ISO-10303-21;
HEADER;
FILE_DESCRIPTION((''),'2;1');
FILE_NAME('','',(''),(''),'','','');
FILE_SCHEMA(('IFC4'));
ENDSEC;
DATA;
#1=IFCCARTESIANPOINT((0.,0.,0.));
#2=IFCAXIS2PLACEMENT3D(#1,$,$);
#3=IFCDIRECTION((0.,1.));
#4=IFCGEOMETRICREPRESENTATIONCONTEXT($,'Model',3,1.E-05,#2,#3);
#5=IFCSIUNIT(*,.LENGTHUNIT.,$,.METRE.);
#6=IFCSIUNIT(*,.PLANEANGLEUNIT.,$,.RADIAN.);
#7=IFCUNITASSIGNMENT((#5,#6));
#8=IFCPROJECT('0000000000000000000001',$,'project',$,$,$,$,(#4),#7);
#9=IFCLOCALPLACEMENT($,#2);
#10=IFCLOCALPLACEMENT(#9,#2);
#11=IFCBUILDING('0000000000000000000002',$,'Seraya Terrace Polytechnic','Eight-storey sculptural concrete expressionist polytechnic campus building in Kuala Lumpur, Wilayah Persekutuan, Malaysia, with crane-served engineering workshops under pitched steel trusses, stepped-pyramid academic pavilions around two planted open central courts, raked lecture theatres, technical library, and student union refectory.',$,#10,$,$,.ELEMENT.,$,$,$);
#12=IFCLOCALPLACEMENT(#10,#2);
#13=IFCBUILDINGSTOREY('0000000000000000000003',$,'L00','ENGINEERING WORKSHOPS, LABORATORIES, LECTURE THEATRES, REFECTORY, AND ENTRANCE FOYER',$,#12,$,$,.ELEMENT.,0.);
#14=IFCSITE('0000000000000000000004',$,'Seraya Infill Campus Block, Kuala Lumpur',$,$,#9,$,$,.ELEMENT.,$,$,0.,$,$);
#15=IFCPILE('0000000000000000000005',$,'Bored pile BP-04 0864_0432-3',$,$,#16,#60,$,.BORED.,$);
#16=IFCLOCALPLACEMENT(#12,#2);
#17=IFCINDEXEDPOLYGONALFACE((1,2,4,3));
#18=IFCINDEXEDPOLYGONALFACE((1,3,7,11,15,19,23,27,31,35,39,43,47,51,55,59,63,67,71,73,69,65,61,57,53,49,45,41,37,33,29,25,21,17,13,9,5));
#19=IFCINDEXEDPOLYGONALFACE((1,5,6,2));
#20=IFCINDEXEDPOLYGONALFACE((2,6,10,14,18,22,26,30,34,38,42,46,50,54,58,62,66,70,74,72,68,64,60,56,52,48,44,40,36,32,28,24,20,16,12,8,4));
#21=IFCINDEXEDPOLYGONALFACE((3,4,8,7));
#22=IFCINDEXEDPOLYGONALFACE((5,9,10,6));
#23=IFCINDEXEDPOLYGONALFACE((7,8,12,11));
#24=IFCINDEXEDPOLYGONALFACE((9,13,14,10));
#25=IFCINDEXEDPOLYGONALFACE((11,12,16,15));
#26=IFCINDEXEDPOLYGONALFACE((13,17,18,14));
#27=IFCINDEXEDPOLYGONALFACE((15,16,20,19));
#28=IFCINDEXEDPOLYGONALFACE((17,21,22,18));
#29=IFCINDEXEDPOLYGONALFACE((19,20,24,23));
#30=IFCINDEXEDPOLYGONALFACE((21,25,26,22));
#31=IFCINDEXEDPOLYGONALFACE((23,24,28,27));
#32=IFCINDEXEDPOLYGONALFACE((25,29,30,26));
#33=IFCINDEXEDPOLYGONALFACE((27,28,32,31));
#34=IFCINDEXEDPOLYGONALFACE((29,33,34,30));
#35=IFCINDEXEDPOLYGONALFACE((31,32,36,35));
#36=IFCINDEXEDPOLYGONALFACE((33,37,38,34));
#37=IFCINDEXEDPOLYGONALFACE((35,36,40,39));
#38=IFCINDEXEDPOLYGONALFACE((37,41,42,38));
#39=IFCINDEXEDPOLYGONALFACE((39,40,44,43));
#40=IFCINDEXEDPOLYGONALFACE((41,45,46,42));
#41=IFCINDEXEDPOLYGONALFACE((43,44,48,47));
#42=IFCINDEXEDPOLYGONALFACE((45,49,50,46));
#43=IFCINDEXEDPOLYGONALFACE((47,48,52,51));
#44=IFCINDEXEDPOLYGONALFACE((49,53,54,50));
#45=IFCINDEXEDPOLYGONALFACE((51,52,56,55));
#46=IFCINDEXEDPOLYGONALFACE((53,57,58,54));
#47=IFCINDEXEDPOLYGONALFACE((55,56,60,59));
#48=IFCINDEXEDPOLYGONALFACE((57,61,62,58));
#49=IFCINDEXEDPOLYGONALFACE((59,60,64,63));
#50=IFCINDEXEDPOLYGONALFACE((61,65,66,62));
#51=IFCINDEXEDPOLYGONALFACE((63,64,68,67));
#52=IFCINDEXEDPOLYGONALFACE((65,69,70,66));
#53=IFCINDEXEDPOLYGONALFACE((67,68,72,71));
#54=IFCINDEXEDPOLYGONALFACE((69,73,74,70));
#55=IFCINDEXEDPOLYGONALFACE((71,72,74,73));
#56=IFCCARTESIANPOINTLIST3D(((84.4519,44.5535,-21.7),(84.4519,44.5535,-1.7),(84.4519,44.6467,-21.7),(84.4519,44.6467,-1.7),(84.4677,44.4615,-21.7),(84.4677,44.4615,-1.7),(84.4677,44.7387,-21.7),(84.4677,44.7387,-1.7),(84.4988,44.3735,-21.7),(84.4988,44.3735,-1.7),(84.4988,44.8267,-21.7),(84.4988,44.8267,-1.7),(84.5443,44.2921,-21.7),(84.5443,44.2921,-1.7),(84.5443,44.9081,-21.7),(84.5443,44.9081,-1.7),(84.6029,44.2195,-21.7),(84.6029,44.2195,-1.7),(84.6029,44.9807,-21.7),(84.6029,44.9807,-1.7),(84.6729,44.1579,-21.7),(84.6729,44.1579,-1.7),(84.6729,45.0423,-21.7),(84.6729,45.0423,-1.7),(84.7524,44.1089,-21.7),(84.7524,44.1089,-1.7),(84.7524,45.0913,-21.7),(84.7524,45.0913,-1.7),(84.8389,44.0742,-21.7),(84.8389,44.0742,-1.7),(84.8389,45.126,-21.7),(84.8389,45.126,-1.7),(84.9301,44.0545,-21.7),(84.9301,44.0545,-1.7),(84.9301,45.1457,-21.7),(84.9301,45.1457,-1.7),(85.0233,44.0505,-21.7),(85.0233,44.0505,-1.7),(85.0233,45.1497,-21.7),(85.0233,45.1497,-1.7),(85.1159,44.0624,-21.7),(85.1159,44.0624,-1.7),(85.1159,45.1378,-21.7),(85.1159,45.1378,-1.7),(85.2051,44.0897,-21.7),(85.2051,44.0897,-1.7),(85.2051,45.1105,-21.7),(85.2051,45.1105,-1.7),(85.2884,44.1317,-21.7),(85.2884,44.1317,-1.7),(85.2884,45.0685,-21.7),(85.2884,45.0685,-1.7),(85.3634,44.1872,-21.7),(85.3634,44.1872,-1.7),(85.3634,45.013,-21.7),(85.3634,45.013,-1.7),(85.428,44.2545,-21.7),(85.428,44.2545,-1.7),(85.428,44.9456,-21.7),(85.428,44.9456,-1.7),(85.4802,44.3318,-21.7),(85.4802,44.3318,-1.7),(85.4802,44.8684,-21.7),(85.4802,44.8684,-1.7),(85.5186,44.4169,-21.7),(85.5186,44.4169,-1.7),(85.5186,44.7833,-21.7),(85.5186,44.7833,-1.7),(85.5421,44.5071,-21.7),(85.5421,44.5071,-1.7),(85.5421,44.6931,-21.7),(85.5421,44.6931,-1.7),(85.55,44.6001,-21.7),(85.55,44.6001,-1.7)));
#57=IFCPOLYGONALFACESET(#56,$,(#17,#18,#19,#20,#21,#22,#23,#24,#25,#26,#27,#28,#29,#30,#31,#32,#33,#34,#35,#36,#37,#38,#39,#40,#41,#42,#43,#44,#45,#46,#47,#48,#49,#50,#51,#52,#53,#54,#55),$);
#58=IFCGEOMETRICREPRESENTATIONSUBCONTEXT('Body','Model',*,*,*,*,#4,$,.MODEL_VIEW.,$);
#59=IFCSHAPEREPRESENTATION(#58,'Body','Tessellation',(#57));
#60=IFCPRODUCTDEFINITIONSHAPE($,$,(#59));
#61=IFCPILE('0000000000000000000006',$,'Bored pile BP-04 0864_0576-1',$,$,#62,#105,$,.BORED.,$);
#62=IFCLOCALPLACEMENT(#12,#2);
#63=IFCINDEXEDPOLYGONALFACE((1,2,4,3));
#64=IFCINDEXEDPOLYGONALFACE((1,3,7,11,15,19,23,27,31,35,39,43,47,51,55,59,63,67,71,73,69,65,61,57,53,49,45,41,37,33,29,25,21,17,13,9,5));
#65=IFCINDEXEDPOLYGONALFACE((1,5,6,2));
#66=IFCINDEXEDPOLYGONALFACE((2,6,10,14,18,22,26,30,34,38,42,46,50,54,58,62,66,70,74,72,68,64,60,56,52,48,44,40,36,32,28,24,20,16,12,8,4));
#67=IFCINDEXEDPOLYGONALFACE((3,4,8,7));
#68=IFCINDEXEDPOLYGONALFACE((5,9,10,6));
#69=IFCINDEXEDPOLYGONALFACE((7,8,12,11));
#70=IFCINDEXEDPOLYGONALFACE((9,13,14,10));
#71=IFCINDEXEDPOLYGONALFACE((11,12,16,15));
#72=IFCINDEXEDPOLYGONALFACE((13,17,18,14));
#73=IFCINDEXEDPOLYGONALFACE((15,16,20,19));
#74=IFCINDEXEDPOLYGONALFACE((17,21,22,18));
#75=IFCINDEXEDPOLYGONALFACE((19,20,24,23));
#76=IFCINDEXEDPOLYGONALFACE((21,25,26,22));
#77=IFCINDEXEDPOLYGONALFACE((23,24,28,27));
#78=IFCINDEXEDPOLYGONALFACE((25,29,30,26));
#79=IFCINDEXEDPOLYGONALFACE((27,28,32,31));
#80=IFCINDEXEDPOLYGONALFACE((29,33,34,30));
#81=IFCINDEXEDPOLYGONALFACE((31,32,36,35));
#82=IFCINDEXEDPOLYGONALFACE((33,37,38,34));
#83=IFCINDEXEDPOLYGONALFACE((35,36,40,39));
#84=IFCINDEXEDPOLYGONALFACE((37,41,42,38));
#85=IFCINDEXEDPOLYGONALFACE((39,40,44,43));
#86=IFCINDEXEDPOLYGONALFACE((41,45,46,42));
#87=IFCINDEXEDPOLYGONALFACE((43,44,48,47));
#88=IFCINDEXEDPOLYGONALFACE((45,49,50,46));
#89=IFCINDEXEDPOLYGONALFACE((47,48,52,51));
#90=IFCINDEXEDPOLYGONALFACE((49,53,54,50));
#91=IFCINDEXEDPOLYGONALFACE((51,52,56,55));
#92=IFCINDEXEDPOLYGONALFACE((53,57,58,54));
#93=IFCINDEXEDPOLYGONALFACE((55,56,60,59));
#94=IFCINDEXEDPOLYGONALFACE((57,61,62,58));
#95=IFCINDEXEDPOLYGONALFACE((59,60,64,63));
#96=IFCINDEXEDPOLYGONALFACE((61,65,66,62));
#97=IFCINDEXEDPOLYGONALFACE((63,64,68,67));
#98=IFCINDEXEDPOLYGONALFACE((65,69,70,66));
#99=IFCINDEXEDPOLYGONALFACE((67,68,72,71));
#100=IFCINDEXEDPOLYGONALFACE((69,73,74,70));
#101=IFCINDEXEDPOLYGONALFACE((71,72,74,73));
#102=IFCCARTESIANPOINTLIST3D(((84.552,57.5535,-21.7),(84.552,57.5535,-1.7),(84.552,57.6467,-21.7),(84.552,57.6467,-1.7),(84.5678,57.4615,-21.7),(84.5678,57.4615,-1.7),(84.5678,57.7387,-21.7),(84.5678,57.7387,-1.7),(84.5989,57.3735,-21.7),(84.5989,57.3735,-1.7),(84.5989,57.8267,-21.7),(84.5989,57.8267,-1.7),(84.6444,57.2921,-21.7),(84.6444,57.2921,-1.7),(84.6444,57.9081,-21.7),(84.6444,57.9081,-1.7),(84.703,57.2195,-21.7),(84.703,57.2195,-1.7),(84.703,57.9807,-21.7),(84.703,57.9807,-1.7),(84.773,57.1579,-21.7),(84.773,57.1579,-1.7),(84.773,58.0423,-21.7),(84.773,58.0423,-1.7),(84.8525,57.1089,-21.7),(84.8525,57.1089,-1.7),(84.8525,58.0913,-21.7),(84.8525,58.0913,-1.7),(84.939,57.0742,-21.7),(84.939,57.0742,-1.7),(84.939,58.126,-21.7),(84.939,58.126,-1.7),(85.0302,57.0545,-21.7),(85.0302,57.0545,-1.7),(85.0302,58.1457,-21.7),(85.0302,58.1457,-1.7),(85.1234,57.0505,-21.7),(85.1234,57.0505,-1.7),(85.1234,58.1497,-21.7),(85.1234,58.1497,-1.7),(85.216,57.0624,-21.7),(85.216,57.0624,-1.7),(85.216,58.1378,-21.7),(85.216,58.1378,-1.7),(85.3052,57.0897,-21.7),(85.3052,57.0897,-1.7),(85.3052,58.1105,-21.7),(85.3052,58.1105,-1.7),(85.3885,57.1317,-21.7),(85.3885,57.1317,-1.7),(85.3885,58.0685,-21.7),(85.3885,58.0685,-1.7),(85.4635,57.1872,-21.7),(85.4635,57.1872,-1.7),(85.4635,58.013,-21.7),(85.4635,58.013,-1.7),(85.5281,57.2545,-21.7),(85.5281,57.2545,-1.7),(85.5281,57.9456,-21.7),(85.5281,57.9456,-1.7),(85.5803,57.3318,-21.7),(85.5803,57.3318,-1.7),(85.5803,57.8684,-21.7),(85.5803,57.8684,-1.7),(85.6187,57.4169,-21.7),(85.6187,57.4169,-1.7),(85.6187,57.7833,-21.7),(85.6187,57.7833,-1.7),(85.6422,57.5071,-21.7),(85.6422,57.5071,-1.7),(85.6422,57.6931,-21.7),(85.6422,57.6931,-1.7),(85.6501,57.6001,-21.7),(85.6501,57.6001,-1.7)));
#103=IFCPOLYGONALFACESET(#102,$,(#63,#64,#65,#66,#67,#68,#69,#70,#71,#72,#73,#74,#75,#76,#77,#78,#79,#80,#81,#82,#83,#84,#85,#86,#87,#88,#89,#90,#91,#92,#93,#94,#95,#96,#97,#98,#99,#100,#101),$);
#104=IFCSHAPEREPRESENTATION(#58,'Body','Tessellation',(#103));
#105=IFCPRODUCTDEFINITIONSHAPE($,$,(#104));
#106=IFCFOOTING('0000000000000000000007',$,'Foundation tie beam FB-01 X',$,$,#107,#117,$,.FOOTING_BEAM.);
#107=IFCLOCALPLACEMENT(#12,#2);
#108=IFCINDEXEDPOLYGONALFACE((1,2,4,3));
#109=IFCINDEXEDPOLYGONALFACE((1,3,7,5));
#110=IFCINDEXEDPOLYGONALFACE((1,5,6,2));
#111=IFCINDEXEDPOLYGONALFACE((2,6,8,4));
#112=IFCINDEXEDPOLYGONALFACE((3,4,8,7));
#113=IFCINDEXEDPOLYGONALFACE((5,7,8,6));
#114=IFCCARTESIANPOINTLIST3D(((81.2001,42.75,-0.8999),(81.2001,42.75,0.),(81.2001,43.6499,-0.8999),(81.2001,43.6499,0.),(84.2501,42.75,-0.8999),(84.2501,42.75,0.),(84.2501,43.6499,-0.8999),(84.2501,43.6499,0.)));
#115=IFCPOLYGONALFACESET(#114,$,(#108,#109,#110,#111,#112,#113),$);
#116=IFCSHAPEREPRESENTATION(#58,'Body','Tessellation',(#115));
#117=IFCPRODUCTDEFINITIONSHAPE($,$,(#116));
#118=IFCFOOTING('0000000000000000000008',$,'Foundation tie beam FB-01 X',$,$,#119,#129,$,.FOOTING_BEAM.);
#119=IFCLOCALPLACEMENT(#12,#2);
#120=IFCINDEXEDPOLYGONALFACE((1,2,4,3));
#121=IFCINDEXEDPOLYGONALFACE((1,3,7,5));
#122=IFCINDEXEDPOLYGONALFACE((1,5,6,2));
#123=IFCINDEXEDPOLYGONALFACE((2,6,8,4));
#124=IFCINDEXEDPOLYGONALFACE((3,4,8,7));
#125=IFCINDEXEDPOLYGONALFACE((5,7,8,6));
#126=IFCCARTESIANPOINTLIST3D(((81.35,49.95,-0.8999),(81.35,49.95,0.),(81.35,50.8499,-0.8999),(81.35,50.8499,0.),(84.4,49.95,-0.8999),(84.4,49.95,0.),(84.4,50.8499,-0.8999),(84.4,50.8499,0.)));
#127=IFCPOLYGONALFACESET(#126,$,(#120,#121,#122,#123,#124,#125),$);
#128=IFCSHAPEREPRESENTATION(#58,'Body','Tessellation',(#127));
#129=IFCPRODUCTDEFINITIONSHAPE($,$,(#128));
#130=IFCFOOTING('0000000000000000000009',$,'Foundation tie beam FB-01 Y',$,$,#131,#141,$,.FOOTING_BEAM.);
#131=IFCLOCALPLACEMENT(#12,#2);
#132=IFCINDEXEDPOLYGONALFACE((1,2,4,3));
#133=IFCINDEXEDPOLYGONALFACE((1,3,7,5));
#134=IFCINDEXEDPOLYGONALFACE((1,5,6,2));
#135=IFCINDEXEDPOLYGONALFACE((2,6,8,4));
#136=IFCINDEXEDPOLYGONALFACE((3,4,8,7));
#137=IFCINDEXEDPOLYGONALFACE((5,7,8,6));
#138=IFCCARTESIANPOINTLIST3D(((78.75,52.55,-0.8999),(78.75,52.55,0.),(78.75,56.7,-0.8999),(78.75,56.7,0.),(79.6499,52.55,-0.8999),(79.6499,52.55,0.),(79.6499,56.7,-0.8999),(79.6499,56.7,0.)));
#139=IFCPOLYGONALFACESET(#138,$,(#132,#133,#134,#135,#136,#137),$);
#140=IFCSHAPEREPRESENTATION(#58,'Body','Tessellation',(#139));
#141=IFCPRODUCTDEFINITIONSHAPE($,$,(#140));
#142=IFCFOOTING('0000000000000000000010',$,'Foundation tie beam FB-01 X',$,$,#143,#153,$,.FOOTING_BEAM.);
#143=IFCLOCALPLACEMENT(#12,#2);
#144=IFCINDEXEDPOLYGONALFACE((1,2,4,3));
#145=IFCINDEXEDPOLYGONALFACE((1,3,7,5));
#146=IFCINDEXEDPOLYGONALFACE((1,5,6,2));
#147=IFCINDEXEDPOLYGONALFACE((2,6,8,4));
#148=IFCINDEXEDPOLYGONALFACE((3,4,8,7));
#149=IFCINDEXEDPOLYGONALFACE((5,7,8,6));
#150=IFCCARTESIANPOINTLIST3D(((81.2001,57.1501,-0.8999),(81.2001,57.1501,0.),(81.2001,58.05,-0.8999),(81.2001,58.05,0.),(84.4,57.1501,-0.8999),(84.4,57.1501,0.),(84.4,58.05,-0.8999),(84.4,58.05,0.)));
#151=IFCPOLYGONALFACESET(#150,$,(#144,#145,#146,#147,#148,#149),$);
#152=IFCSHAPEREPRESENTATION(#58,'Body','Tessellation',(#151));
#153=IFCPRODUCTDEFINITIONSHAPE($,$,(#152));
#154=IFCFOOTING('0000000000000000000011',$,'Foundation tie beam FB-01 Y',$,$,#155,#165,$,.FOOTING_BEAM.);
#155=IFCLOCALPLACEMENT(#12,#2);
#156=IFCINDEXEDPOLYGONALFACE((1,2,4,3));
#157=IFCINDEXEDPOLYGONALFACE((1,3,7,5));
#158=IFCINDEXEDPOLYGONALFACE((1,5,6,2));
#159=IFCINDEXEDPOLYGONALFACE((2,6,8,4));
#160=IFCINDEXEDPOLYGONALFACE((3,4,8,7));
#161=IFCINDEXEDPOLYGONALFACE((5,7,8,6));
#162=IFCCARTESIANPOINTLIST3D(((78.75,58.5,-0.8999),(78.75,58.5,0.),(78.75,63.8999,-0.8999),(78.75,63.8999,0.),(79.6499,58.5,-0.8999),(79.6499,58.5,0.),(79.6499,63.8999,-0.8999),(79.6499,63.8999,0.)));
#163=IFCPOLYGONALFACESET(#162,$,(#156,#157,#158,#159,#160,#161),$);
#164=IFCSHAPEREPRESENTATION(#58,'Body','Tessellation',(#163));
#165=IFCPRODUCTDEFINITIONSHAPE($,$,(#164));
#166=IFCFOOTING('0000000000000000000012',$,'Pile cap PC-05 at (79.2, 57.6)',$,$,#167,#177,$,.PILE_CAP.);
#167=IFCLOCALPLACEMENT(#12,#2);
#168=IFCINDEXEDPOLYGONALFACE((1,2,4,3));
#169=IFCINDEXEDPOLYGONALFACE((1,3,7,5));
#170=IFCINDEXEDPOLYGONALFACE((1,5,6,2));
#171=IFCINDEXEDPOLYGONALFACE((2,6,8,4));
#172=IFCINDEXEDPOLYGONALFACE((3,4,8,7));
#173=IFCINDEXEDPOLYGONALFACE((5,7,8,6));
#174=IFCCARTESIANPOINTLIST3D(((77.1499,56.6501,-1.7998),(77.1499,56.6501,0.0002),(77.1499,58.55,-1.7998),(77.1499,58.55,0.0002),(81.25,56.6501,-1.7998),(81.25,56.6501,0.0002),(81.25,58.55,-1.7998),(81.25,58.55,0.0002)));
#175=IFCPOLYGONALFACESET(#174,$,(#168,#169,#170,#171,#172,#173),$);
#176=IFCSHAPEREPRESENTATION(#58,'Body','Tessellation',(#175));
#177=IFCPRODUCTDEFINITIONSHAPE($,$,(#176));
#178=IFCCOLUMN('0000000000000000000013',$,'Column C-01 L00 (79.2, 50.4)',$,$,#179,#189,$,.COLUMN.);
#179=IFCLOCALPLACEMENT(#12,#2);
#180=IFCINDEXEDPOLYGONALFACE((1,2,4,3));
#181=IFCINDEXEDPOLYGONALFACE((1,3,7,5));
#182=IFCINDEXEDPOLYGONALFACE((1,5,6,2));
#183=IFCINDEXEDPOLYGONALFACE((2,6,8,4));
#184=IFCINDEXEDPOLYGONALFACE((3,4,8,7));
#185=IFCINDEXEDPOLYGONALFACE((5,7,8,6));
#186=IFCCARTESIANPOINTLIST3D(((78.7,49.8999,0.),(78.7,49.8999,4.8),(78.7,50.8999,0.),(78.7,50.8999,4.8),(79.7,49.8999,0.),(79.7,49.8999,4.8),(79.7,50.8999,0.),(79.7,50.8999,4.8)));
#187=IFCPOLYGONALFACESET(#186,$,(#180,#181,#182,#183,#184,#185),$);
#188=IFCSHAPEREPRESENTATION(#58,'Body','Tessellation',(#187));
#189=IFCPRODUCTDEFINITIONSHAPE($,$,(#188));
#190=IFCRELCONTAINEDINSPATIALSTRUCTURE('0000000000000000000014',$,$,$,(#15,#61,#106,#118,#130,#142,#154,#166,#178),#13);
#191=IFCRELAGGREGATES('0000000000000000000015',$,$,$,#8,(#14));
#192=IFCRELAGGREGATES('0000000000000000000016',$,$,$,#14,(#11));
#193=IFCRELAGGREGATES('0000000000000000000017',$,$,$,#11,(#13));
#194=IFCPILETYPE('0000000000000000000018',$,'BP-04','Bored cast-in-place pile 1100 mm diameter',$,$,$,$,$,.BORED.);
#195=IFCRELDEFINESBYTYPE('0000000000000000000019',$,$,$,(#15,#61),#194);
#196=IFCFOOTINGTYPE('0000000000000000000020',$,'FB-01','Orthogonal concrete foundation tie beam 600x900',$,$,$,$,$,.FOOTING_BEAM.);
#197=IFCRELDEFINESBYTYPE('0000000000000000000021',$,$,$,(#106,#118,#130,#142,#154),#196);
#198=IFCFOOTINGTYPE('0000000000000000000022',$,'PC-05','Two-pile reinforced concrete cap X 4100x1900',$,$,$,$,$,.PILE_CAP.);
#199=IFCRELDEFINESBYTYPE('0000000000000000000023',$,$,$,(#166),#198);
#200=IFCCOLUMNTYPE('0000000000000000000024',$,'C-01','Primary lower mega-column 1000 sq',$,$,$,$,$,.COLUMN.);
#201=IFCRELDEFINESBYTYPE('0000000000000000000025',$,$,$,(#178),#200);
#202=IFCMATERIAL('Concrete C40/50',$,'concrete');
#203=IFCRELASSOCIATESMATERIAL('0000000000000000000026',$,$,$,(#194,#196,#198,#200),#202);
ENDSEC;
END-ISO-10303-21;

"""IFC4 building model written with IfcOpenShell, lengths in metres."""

from ifc_helpers import new_model, si_unit, direction, frame, origin, origin_2d, place, context, subcontext, project, spatial, rectangle, circle, extrude, material, material_profile, profile_set, type_object, element, save


model = new_model("IFC4")

# Units and contexts
model_context = context("Model", 3, precision=1e-05, world=origin(), true_north=direction((0.0, 1.0)))
body_context = subcontext(model_context, "Body", "Model", "MODEL_VIEW")
ifc_project = project(units=[si_unit("LENGTHUNIT", "METRE"), si_unit("PLANEANGLEUNIT", "RADIAN")], contexts=[model_context])

# Site, building, storey
site_placement = place(None, origin())
site = spatial("IfcSite", under=ifc_project, at=site_placement, Name="Seraya Infill Campus Block, Kuala Lumpur", CompositionType="ELEMENT", RefElevation=0.0)
building_placement = place(site_placement, origin())
building = spatial("IfcBuilding", under=site, at=building_placement, Name="Seraya Terrace Polytechnic", Description="Eight-storey sculptural concrete expressionist polytechnic campus building in Kuala Lumpur, Wilayah Persekutuan, Malaysia, with crane-served engineering workshops under pitched steel trusses, stepped-pyramid academic pavilions around two planted open central courts, raked lecture theatres, technical library, and student union refectory.", CompositionType="ELEMENT")
storey_placement = place(building_placement, origin())
storey = spatial("IfcBuildingStorey", under=building, at=storey_placement, Name="L00", Description="ENGINEERING WORKSHOPS, LABORATORIES, LECTURE THEATRES, REFECTORY, AND ENTRANCE FOYER", CompositionType="ELEMENT", Elevation=0.0)

# Piles
ifc_material_1 = material(Name="Concrete C40/50", Category="concrete")
ifc_material_profile_1 = material_profile(ifc_material_1, circle(Radius=0.55, at=origin_2d()), Name="DIA 1100")
ifc_profile_set_1 = profile_set([ifc_material_profile_1], Name="Concrete C40/50")
pile_type_1 = type_object("IfcPileType", Name="BP-04", Description="Bored cast-in-place pile 1100 mm diameter", PredefinedType="BORED", material=ifc_profile_set_1)
for number, where, z_axis, x_axis, name in (
    (1, (85.0, 44.6001, -1.7), (0.0, 0.0, -1.0), (1.0, 0.0, 0.0), "Bored pile BP-04 0864_0432-3"),
    (2, (85.1001, 57.6001, -1.7), (0.0, 0.0, -1.0), (1.0, 0.0, 0.0), "Bored pile BP-04 0864_0576-1"),
):
    element("IfcPile", number, at=place(storey_placement, frame(where, z_axis=z_axis, x_axis=x_axis)), inside=storey, type_object=pile_type_1, Name=name, PredefinedType="BORED", context=body_context, shape_type="SweptSolid", body=[
        extrude(circle(Radius=0.55, at=origin_2d()), origin(), (0.0, 0.0, 1.0), 20.0),
    ])

# Footings
footing_type_1 = type_object("IfcFootingType", Name="FB-01", Description="Orthogonal concrete foundation tie beam 600x900", PredefinedType="FOOTING_BEAM", material=ifc_material_1)
for number, where, z_axis, x_axis, name in (
    (3, (82.7251, 43.2, -0.8999), (0.0, 0.0, 1.0), (1.0, 0.0, 0.0), "Foundation tie beam FB-01 X"),
    (4, (82.875, 50.3999, -0.8999), (0.0, 0.0, 1.0), (1.0, 0.0, 0.0), "Foundation tie beam FB-01 X"),
):
    element("IfcFooting", number, at=place(storey_placement, frame(where, z_axis=z_axis, x_axis=x_axis)), inside=storey, type_object=footing_type_1, Name=name, PredefinedType="FOOTING_BEAM", context=body_context, shape_type="SweptSolid", body=[
        extrude(rectangle(XDim=3.05, YDim=0.8999, at=origin_2d()), origin(), (0.0, 0.0, 1.0), 0.8999),
    ])
footing_1_placement = place(storey_placement, frame((79.2, 54.625, -0.8999), z_axis=(0.0, 0.0, 1.0), x_axis=(0.0, 1.0, 0.0)))
element("IfcFooting", 5, at=footing_1_placement, inside=storey, type_object=footing_type_1, Name="Foundation tie beam FB-01 Y", PredefinedType="FOOTING_BEAM", context=body_context, shape_type="SweptSolid", body=[
    extrude(rectangle(XDim=4.1499, YDim=0.8999, at=origin_2d()), origin(), (0.0, 0.0, 1.0), 0.8999),
])
footing_2_placement = place(storey_placement, frame((82.8, 57.6001, -0.8999), z_axis=(0.0, 0.0, 1.0), x_axis=(1.0, 0.0, 0.0)))
element("IfcFooting", 6, at=footing_2_placement, inside=storey, type_object=footing_type_1, Name="Foundation tie beam FB-01 X", PredefinedType="FOOTING_BEAM", context=body_context, shape_type="SweptSolid", body=[
    extrude(rectangle(XDim=3.2, YDim=0.8999, at=origin_2d()), origin(), (0.0, 0.0, 1.0), 0.8999),
])
footing_3_placement = place(storey_placement, frame((79.2, 61.2, -0.8999), z_axis=(0.0, 0.0, 1.0), x_axis=(0.0, 1.0, 0.0)))
element("IfcFooting", 7, at=footing_3_placement, inside=storey, type_object=footing_type_1, Name="Foundation tie beam FB-01 Y", PredefinedType="FOOTING_BEAM", context=body_context, shape_type="SweptSolid", body=[
    extrude(rectangle(XDim=5.3999, YDim=0.8999, at=origin_2d()), origin(), (0.0, 0.0, 1.0), 0.8999),
])
footing_type_2 = type_object("IfcFootingType", Name="PC-05", Description="Two-pile reinforced concrete cap X 4100x1900", PredefinedType="PILE_CAP", material=ifc_material_1)
footing_4_placement = place(storey_placement, frame((79.2, 57.6001, -1.7998), z_axis=(0.0, 0.0, 1.0), x_axis=(1.0, 0.0, 0.0)))
element("IfcFooting", 8, at=footing_4_placement, inside=storey, type_object=footing_type_2, Name="Pile cap PC-05 at (79.2, 57.6)", PredefinedType="PILE_CAP", context=body_context, shape_type="SweptSolid", body=[
    extrude(rectangle(XDim=4.1001, YDim=1.8999, at=origin_2d()), origin(), (0.0, 0.0, 1.0), 1.8),
])

# Column
ifc_material_profile_2 = material_profile(ifc_material_1, rectangle(XDim=1.0, YDim=1.0, at=origin_2d()), Name="RC 1000x1000")
ifc_profile_set_2 = profile_set([ifc_material_profile_2], Name="Concrete C40/50")
column_type_1 = type_object("IfcColumnType", Name="C-01", Description="Primary lower mega-column 1000 sq", PredefinedType="COLUMN", material=ifc_profile_set_2)
column_1_placement = place(storey_placement, frame((79.2, 50.3999, 0.0), z_axis=(0.0, 0.0, 1.0), x_axis=(1.0, 0.0, 0.0)))
element("IfcColumn", 9, at=column_1_placement, inside=storey, type_object=column_type_1, Name="Column C-01 L00 (79.2, 50.4)", PredefinedType="COLUMN", context=body_context, shape_type="SweptSolid", body=[
    extrude(rectangle(XDim=1.0, YDim=1.0, at=origin_2d()), origin(), (0.0, 0.0, 1.0), 4.8),
])

save(model, "model.ifc")
